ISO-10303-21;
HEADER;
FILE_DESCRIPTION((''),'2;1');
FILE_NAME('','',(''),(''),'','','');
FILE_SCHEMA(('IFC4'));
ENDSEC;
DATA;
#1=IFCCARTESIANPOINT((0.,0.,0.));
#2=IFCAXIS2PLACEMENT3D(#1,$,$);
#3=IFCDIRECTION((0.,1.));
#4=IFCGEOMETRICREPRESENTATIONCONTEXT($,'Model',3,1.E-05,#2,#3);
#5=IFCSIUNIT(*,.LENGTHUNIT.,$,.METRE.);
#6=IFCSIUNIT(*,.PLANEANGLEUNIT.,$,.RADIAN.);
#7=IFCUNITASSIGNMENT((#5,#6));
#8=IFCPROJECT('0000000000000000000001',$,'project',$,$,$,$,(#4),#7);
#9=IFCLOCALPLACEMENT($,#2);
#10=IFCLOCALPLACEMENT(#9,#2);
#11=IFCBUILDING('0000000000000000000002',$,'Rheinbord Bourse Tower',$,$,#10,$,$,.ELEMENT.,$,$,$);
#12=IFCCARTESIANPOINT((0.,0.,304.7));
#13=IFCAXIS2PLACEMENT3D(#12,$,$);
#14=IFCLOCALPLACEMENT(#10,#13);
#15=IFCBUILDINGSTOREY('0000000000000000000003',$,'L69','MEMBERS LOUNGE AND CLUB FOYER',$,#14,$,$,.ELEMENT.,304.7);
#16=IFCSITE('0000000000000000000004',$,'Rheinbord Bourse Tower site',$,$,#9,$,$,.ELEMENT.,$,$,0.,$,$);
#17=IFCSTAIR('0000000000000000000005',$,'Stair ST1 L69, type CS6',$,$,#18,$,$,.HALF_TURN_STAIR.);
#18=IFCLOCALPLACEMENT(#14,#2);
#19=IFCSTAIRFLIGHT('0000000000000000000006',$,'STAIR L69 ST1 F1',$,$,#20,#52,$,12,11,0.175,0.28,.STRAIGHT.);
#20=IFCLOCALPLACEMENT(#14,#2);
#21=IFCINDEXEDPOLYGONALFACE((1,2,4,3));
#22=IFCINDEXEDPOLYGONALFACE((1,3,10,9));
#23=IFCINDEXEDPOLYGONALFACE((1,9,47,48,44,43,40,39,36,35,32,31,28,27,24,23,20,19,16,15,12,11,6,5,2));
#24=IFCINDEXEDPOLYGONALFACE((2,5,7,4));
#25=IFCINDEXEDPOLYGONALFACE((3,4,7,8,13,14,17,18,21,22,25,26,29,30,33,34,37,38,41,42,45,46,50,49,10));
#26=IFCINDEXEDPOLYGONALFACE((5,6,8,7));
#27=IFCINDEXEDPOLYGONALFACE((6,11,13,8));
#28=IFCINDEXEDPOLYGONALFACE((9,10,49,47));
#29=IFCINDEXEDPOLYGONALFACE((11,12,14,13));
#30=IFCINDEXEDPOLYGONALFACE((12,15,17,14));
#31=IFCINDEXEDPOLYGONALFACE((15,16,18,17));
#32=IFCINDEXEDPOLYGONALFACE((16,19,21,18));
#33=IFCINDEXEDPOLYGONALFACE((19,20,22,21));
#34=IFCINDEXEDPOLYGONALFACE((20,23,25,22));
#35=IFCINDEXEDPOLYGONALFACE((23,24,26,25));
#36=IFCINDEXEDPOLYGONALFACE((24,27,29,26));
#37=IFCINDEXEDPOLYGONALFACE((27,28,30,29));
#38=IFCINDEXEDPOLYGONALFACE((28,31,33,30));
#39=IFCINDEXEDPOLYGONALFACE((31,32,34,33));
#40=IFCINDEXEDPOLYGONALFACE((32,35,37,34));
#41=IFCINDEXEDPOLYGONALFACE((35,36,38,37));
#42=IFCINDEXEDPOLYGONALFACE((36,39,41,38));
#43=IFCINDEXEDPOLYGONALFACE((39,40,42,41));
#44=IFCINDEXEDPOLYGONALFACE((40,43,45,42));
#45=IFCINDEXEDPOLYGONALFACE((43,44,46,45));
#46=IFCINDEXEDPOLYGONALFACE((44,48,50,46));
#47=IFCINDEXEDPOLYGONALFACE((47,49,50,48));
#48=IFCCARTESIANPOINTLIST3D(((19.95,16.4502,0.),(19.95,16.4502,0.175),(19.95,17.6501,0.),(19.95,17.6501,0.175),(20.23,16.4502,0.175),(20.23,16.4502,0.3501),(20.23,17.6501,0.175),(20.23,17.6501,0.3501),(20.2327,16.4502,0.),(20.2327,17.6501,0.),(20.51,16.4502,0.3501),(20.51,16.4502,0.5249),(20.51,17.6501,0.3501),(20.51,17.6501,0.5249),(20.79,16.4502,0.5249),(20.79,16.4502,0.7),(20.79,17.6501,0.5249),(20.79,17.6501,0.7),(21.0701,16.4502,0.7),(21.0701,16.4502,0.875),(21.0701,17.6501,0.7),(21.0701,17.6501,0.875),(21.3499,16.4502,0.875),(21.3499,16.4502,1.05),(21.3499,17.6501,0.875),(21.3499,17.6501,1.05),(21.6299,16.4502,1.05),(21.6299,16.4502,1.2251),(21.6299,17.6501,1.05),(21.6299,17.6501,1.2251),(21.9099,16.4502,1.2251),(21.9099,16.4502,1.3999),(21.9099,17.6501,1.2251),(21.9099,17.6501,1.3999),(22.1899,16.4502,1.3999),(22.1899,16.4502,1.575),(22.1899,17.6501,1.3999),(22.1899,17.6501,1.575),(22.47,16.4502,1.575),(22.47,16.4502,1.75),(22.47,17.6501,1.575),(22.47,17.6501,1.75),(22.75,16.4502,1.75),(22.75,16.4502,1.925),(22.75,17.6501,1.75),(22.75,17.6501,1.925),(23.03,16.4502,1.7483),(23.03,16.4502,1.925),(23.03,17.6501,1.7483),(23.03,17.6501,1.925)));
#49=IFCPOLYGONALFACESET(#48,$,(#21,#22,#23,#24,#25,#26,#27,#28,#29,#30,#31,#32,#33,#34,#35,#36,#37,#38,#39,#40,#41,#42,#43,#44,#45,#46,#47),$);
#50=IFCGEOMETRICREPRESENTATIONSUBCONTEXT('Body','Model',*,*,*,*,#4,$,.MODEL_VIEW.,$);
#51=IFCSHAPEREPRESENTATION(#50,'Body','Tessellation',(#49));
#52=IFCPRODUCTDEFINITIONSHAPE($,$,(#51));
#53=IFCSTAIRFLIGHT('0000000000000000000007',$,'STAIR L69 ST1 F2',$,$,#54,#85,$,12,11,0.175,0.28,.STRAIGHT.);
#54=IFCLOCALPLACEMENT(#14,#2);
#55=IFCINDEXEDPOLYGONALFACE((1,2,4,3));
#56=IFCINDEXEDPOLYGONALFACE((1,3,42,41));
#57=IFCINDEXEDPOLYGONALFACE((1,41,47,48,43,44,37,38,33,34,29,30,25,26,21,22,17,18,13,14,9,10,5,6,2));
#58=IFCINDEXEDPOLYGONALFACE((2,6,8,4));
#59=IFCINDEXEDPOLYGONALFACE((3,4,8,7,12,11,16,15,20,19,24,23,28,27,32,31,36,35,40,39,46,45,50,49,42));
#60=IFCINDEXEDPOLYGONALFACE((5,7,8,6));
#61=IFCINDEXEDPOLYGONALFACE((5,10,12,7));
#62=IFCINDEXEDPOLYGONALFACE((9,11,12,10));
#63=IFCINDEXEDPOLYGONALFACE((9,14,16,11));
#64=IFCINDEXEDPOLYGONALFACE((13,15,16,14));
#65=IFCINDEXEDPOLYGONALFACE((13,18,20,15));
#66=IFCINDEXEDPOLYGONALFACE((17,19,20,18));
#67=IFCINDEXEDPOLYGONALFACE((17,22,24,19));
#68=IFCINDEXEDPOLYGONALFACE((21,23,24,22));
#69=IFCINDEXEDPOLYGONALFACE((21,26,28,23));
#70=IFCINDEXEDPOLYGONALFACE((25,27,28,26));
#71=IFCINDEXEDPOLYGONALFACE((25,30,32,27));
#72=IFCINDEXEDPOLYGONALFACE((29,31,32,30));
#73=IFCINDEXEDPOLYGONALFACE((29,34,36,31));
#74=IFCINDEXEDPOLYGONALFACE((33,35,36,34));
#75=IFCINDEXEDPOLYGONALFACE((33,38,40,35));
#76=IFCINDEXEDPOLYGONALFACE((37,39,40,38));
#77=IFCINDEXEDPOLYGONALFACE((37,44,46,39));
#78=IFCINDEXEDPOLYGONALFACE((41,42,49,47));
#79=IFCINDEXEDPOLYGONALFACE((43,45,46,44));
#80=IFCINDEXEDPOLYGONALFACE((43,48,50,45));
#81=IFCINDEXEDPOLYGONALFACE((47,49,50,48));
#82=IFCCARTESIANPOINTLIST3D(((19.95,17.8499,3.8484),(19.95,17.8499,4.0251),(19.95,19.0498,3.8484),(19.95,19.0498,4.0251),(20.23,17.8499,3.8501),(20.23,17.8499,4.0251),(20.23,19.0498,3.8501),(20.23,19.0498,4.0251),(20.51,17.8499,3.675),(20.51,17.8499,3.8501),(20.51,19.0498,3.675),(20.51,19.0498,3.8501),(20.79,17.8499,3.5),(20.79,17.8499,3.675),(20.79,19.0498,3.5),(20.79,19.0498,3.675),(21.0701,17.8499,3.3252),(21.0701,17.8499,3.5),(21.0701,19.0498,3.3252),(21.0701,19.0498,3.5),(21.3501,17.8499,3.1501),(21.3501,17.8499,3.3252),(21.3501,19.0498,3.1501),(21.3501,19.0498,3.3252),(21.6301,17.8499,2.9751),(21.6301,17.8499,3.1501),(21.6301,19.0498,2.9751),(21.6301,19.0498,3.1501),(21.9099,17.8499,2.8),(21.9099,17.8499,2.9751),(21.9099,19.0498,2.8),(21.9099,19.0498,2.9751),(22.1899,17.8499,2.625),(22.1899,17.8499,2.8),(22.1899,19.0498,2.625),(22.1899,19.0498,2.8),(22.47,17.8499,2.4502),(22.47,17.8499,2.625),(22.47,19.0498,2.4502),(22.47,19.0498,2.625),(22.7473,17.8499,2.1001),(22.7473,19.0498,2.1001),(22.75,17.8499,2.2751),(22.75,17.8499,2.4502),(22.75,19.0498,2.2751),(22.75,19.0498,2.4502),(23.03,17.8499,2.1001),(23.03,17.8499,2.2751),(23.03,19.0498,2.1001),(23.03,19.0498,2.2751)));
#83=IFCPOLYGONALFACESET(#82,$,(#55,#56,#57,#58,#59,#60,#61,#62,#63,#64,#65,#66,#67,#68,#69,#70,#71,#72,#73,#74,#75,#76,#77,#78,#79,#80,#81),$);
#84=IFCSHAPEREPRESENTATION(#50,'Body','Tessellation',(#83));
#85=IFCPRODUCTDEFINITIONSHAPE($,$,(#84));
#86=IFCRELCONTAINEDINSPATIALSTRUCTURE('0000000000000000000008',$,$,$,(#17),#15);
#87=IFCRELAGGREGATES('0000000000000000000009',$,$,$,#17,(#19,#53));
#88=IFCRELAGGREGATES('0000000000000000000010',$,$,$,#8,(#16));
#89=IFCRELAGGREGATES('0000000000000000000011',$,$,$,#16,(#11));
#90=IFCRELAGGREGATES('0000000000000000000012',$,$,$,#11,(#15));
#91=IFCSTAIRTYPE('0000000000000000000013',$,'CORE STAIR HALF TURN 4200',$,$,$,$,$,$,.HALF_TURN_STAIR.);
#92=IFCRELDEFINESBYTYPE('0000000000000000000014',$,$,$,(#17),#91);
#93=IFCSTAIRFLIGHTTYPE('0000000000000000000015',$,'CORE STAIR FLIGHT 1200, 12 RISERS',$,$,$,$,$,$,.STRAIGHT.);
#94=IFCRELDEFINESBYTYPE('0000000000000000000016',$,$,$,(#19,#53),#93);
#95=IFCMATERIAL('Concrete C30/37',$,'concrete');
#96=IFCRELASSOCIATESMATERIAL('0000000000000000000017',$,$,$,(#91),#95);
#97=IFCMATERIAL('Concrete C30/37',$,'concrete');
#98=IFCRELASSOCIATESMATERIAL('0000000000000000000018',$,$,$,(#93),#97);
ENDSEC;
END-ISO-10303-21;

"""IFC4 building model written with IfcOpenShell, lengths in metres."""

from ifc_helpers import new_model, si_unit, direction, frame, origin, place, context, subcontext, project, spatial, polyline, outline, extrude, material, type_object, element, aggregate, save


model = new_model("IFC4")

# Units and contexts
model_context = context("Model", 3, precision=1e-05, world=origin(), true_north=direction((0.0, 1.0)))
body_context = subcontext(model_context, "Body", "Model", "MODEL_VIEW")
ifc_project = project(units=[si_unit("LENGTHUNIT", "METRE"), si_unit("PLANEANGLEUNIT", "RADIAN")], contexts=[model_context])

# Site, building, storey
site_placement = place(None, origin())
site = spatial("IfcSite", under=ifc_project, at=site_placement, Name="Rheinbord Bourse Tower site", CompositionType="ELEMENT", RefElevation=0.0)
building_placement = place(site_placement, origin())
building = spatial("IfcBuilding", under=site, at=building_placement, Name="Rheinbord Bourse Tower", CompositionType="ELEMENT")
storey_placement = place(building_placement, frame((0.0, 0.0, 304.7)))
storey = spatial("IfcBuildingStorey", under=building, at=storey_placement, Name="L69", Description="MEMBERS LOUNGE AND CLUB FOYER", CompositionType="ELEMENT", Elevation=304.7)

# Stair, stair flights
ifc_material_1 = material(Name="Concrete C30/37", Category="concrete")
stair_type = type_object("IfcStairType", Name="CORE STAIR HALF TURN 4200", PredefinedType="HALF_TURN_STAIR", material=ifc_material_1)
stair_placement = place(storey_placement, origin())
stair = element("IfcStair", 1, at=stair_placement, inside=storey, type_object=stair_type, Name="Stair ST1 L69, type CS6", PredefinedType="HALF_TURN_STAIR")
ifc_material_2 = material(Name="Concrete C30/37", Category="concrete")
stair_flight_type = type_object("IfcStairFlightType", Name="CORE STAIR FLIGHT 1200, 12 RISERS", PredefinedType="STRAIGHT", material=ifc_material_2)
stair_flight_1_placement = place(storey_placement, frame((19.95, 17.05, 0.0), z_axis=(0.0, 0.0, 1.0), x_axis=(1.0, 0.0, 0.0)))
stair_flight_1 = element("IfcStairFlight", 2, at=stair_flight_1_placement, type_object=stair_flight_type, Name="STAIR L69 ST1 F1", NumberOfRisers=12, NumberOfTreads=11, PredefinedType="STRAIGHT", RiserHeight=0.175, TreadLength=0.28, context=body_context, shape_type="SweptSolid", body=[
    extrude(outline(polyline([(0.0, 0.0), (0.0, 0.175), (0.28, 0.175), (0.28, 0.3501), (0.5601, 0.3501), (0.5601, 0.5249), (0.8401, 0.5249), (0.8401, 0.7), (1.1201, 0.7), (1.1201, 0.875), (1.3999, 0.875), (1.3999, 1.05), (1.6799, 1.05), (1.6799, 1.2251), (1.96, 1.2251), (1.96, 1.3999), (2.24, 1.3999), (2.24, 1.575), (2.52, 1.575), (2.52, 1.75), (2.8, 1.75), (2.8, 1.925), (3.0801, 1.925), (3.0801, 2.1001), (3.0801, 1.7483), (0.2827, 0.0), (0.0, 0.0)])), frame((0.0, 0.6001, 0.0), z_axis=(0.0, -1.0, 0.0), x_axis=(1.0, 0.0, 0.0)), (0.0, 0.0, 1.0), 1.2),
])
stair_flight_2_placement = place(storey_placement, frame((23.03, 18.45, 2.1001), z_axis=(0.0, 0.0, 1.0), x_axis=(-1.0, 0.0, 0.0)))
stair_flight_2 = element("IfcStairFlight", 3, at=stair_flight_2_placement, type_object=stair_flight_type, Name="STAIR L69 ST1 F2", NumberOfRisers=12, NumberOfTreads=11, PredefinedType="STRAIGHT", RiserHeight=0.175, TreadLength=0.28, context=body_context, shape_type="SweptSolid", body=[
    extrude(outline(polyline([(0.0, 0.0), (0.0, 0.175), (0.28, 0.175), (0.28, 0.3501), (0.5601, 0.3501), (0.5601, 0.5249), (0.8401, 0.5249), (0.8401, 0.7), (1.1201, 0.7), (1.1201, 0.875), (1.3999, 0.875), (1.3999, 1.05), (1.6799, 1.05), (1.6799, 1.2251), (1.96, 1.2251), (1.96, 1.3999), (2.24, 1.3999), (2.24, 1.575), (2.52, 1.575), (2.52, 1.75), (2.8, 1.75), (2.8, 1.925), (3.0801, 1.925), (3.0801, 2.1001), (3.0801, 1.7483), (0.2827, 0.0), (0.0, 0.0)])), frame((0.0, 0.6001, 0.0), z_axis=(0.0, -1.0, 0.0), x_axis=(1.0, 0.0, 0.0)), (0.0, 0.0, 1.0), 1.2),
])
aggregate(stair, [stair_flight_1, stair_flight_2])

save(model, "model.ifc")
